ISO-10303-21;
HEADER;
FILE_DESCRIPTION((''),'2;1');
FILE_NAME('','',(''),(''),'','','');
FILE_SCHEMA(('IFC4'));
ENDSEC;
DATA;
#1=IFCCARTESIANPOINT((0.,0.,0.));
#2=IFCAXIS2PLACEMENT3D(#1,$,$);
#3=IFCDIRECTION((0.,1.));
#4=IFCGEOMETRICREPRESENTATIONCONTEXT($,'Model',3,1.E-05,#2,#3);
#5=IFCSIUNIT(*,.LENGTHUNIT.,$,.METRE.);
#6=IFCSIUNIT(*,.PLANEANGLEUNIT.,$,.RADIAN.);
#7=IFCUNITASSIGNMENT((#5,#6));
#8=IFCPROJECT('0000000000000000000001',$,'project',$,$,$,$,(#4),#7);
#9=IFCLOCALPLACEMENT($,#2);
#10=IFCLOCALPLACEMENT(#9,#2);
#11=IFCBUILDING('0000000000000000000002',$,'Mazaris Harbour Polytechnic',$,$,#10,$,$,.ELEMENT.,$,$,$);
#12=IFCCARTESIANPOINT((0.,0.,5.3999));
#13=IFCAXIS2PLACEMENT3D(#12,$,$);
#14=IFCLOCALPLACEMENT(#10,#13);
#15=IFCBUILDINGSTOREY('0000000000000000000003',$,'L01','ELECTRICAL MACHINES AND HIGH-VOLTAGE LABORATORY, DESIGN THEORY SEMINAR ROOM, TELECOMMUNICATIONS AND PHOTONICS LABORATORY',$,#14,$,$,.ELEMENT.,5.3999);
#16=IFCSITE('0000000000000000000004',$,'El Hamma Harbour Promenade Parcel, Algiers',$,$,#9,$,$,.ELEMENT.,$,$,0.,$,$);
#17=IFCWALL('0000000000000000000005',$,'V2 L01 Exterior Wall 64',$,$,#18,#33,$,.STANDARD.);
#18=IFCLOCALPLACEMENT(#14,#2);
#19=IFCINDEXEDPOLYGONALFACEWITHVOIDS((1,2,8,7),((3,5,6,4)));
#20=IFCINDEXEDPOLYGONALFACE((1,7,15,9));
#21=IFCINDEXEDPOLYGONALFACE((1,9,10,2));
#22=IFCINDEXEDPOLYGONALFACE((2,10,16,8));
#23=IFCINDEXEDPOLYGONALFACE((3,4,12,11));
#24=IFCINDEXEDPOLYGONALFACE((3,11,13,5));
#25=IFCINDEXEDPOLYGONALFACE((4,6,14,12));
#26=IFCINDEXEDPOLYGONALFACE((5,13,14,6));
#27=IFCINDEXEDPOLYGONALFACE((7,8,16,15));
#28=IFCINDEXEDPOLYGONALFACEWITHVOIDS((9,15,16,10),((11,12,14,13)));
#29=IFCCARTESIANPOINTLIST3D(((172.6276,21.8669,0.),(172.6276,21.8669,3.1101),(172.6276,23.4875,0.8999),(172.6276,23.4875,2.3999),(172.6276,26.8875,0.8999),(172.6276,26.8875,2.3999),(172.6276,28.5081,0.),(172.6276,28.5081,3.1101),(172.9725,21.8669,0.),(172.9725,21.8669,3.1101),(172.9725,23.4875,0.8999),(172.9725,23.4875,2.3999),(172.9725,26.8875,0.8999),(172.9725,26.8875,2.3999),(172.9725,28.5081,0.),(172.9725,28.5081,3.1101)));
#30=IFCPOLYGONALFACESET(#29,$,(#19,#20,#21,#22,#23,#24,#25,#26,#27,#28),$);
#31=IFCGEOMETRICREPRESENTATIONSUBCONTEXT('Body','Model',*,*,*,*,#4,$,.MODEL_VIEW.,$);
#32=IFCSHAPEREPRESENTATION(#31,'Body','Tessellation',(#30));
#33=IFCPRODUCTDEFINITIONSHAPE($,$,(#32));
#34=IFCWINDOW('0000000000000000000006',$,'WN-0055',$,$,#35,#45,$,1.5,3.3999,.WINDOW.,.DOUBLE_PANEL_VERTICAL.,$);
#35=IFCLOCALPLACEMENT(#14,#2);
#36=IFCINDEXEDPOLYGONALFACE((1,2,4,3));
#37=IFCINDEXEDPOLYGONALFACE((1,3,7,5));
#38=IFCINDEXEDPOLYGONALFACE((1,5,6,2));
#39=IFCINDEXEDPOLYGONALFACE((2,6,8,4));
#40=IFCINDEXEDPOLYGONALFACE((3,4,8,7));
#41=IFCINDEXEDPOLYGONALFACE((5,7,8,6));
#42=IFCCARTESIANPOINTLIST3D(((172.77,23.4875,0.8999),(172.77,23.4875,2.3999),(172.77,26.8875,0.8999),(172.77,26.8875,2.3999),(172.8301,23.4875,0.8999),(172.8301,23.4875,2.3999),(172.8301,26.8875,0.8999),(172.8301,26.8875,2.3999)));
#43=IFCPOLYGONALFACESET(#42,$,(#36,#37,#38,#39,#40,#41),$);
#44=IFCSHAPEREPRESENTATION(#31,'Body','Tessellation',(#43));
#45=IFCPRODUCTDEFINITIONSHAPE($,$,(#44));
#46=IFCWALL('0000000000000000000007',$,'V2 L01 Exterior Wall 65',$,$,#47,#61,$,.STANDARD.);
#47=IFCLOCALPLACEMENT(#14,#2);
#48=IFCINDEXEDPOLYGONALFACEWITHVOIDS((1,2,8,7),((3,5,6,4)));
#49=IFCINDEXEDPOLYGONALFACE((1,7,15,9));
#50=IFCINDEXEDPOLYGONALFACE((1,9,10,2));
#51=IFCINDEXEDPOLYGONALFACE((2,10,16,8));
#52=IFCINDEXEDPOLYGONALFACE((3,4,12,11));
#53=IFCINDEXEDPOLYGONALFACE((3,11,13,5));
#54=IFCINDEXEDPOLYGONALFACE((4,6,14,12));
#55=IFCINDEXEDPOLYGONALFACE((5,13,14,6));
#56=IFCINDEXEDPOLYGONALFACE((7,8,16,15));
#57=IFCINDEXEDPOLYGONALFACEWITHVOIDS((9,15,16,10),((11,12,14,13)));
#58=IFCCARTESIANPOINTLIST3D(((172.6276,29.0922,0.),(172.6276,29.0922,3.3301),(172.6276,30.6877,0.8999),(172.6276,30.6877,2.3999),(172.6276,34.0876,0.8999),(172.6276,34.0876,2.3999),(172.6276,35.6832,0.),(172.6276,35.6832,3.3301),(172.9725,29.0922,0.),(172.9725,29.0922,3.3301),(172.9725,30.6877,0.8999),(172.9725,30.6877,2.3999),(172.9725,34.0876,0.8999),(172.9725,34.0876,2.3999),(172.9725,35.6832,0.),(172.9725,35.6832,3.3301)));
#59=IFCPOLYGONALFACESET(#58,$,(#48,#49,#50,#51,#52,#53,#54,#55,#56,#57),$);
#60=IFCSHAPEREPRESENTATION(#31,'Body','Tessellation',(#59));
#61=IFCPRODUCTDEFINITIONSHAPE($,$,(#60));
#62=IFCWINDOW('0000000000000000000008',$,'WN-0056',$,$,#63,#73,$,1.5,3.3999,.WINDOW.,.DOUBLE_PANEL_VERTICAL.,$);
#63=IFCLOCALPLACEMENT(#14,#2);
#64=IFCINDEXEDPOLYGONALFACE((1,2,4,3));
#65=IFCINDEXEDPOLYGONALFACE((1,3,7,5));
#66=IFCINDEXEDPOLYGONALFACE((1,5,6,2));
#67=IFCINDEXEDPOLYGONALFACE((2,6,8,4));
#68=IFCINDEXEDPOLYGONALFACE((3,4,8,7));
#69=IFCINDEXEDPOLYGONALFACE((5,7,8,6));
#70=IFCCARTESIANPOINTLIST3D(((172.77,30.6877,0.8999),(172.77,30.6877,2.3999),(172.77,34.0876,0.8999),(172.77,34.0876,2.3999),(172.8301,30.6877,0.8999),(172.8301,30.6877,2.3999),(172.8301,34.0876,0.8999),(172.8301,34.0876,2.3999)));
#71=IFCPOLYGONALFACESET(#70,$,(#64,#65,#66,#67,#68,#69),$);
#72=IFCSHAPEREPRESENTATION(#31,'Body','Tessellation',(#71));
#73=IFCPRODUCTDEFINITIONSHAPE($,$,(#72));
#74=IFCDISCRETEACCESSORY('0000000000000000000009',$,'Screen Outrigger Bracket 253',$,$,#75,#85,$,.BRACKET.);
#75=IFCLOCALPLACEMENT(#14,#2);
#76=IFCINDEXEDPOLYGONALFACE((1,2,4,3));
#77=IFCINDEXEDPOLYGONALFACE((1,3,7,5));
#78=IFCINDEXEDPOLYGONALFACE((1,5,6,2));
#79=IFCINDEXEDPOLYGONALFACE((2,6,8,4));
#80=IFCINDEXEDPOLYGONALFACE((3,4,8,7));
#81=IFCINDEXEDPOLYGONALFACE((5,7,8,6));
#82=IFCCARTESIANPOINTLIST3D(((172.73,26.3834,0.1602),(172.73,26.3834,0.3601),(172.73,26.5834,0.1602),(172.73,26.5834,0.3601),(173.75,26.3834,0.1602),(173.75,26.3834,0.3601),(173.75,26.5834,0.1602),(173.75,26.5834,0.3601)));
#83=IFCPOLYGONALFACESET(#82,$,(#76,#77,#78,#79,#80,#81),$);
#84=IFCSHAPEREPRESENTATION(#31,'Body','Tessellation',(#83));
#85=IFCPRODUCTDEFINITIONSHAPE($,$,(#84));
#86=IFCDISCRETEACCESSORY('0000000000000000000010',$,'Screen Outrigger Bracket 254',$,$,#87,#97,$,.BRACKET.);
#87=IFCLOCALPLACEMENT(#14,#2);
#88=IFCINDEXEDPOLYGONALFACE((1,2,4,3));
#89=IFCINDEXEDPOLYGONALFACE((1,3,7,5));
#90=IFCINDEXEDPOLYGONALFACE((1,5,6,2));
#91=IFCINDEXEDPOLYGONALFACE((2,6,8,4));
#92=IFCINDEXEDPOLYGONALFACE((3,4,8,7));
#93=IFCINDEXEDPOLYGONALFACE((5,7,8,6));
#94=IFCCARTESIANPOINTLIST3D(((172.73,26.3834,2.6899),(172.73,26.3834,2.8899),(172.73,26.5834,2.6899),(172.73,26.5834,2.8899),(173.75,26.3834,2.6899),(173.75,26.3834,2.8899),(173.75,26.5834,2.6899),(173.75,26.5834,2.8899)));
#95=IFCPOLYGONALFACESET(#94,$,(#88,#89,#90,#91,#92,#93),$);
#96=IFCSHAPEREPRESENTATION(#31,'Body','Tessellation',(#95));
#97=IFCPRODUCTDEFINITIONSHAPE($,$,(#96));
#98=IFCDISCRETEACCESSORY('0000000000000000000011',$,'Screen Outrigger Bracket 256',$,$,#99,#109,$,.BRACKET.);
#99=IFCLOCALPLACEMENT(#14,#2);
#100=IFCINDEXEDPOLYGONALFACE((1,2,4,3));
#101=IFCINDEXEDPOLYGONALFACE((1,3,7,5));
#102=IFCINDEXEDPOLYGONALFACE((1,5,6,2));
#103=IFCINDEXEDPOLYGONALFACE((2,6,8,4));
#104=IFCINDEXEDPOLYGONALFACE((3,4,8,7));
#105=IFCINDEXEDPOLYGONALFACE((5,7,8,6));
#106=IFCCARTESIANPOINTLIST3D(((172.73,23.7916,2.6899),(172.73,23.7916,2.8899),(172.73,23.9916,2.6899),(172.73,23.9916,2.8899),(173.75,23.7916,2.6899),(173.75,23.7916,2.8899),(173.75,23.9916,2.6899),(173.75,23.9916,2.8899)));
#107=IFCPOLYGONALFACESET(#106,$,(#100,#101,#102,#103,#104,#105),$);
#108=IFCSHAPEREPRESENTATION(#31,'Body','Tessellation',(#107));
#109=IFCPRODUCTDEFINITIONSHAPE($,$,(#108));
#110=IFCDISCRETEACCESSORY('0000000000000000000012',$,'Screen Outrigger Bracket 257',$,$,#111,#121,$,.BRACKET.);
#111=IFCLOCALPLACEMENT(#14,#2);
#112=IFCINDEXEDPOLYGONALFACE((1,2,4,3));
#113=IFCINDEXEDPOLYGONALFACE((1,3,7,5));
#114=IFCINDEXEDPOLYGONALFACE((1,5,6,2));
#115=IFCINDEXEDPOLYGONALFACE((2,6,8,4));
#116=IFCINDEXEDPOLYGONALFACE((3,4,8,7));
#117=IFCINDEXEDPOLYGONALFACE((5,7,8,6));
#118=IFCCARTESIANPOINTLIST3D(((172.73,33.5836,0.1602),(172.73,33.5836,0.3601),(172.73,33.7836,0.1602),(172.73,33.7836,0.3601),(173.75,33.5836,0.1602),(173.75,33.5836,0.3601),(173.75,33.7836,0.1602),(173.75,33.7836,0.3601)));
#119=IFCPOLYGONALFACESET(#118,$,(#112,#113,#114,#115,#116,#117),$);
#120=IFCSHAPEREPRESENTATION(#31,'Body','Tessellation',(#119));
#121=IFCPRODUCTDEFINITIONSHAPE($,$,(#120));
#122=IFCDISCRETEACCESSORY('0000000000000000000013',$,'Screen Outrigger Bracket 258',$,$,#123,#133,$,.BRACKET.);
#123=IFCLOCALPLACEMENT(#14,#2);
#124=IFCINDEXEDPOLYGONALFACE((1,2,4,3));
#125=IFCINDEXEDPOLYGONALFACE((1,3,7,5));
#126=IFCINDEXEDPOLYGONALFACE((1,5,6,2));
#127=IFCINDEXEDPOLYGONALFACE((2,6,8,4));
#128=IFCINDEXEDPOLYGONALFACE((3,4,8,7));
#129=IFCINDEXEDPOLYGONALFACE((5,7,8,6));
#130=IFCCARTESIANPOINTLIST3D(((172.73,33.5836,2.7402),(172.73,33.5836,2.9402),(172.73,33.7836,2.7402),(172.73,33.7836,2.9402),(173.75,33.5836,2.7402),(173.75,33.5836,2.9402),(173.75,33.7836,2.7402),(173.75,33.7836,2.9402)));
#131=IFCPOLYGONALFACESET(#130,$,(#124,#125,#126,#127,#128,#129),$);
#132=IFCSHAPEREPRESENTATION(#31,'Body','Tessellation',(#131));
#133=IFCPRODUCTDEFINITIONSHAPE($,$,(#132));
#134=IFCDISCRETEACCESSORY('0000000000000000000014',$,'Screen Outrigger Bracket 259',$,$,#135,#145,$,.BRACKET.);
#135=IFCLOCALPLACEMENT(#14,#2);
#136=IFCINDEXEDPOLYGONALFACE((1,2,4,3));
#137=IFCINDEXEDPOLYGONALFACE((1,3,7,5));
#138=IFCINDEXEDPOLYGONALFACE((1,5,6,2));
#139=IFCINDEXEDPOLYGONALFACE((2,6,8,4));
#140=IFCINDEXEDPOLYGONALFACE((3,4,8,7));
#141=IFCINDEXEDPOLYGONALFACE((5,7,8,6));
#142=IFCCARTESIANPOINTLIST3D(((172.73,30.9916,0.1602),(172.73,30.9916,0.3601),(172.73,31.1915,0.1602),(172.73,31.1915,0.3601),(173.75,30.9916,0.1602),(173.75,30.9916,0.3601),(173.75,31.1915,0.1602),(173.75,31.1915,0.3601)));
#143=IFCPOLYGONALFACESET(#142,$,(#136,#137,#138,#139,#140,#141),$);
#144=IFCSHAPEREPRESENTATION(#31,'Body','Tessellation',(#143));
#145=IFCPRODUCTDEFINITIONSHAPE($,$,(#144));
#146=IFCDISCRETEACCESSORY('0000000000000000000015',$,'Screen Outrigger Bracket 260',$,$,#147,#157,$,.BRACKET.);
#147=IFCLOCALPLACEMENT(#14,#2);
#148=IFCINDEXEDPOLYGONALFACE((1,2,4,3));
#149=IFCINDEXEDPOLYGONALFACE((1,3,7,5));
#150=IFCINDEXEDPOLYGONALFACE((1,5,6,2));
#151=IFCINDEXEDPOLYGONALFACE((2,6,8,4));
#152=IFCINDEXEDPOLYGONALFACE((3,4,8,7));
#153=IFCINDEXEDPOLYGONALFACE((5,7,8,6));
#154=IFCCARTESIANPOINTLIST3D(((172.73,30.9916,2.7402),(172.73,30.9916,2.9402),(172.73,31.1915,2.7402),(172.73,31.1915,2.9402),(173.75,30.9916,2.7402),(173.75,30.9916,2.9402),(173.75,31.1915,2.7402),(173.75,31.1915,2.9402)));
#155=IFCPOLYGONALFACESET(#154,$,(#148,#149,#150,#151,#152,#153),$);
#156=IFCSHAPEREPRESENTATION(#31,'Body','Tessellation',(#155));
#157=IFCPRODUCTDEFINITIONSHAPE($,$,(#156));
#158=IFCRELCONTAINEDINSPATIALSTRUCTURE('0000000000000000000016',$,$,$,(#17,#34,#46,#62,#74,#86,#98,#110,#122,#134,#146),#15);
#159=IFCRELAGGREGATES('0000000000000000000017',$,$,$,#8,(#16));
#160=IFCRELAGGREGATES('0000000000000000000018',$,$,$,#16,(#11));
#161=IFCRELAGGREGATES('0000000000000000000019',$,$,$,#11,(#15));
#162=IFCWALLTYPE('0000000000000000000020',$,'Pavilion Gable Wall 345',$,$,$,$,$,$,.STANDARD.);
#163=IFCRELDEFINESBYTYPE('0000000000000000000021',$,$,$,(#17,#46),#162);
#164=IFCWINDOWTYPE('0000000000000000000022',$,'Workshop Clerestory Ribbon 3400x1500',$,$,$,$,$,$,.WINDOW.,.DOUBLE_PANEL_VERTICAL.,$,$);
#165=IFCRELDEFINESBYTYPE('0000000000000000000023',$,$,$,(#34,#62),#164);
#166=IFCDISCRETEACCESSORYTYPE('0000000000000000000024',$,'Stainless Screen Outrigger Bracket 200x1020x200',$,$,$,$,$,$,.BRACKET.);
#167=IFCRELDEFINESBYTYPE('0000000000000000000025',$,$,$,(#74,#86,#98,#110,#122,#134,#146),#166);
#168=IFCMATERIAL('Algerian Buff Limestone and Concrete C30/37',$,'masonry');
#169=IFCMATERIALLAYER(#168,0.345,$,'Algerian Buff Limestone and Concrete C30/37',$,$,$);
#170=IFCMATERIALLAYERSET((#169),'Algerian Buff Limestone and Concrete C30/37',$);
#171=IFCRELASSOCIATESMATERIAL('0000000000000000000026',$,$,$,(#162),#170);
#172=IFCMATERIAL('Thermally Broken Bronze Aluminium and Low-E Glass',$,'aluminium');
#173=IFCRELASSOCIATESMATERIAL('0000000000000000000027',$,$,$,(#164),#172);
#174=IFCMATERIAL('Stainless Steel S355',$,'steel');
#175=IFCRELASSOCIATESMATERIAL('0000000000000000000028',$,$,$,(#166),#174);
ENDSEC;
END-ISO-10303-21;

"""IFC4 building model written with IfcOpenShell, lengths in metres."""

from ifc_helpers import new_model, si_unit, direction, frame, frame_2d, origin, origin_2d, place, context, subcontext, project, spatial, rectangle, extrude, material, layer, layer_set, type_object, element, fill, save


model = new_model("IFC4")

# Units and contexts
model_context = context("Model", 3, precision=1e-05, world=origin(), true_north=direction((0.0, 1.0)))
body_context = subcontext(model_context, "Body", "Model", "MODEL_VIEW")
ifc_project = project(units=[si_unit("LENGTHUNIT", "METRE"), si_unit("PLANEANGLEUNIT", "RADIAN")], contexts=[model_context])

# Site, building, storey
site_placement = place(None, origin())
site = spatial("IfcSite", under=ifc_project, at=site_placement, Name="El Hamma Harbour Promenade Parcel, Algiers", CompositionType="ELEMENT", RefElevation=0.0)
building_placement = place(site_placement, origin())
building = spatial("IfcBuilding", under=site, at=building_placement, Name="Mazaris Harbour Polytechnic", CompositionType="ELEMENT")
storey_placement = place(building_placement, frame((0.0, 0.0, 5.3999)))
storey = spatial("IfcBuildingStorey", under=building, at=storey_placement, Name="L01", Description="ELECTRICAL MACHINES AND HIGH-VOLTAGE LABORATORY, DESIGN THEORY SEMINAR ROOM, TELECOMMUNICATIONS AND PHOTONICS LABORATORY", CompositionType="ELEMENT", Elevation=5.3999)

# Walls, openings, windows
ifc_material_1 = material(Name="Algerian Buff Limestone and Concrete C30/37", Category="masonry")
ifc_layer = layer(ifc_material_1, 0.345, Name="Algerian Buff Limestone and Concrete C30/37")
ifc_layer_set = layer_set([ifc_layer], Name="Algerian Buff Limestone and Concrete C30/37")
wall_type = type_object("IfcWallType", Name="Pavilion Gable Wall 345", PredefinedType="STANDARD", material=ifc_layer_set)
wall_1_placement = place(storey_placement, frame((172.8, 28.5081, 0.0), z_axis=(0.0, 0.0, 1.0), x_axis=(0.0, -1.0, 0.0)))
wall_1 = element("IfcWall", 1, at=wall_1_placement, inside=storey, type_object=wall_type, Name="V2 L01 Exterior Wall 64", PredefinedType="STANDARD", context=body_context, shape_type="SweptSolid", body=[
    extrude(rectangle(XDim=6.6411, YDim=0.345, at=frame_2d((3.3206, 0.0))), origin(), (0.0, 0.0, 1.0), 3.1101),
])
opening_1_placement = place(wall_1_placement, frame((1.6206, 0.0, 0.8999)))
opening_1 = element("IfcOpeningElement", 2, at=opening_1_placement, cuts=wall_1, PredefinedType="OPENING", context=body_context, shape_type="SweptSolid", body=[
    extrude(rectangle(XDim=3.3999, YDim=1.5, at=frame_2d((1.7, 0.75))), frame((0.0, 0.1824, 0.0), z_axis=(0.0, -1.0, 0.0), x_axis=(1.0, 0.0, 0.0)), (0.0, 0.0, 1.0), 0.365),
])
ifc_material_2 = material(Name="Thermally Broken Bronze Aluminium and Low-E Glass", Category="aluminium")
window_type = type_object("IfcWindowType", Name="Workshop Clerestory Ribbon 3400x1500", PartitioningType="DOUBLE_PANEL_VERTICAL", PredefinedType="WINDOW", material=ifc_material_2)
window_1_placement = place(opening_1_placement, origin())
window_1 = element("IfcWindow", 3, at=window_1_placement, inside=storey, type_object=window_type, Name="WN-0055", OverallHeight=1.5, OverallWidth=3.3999, PartitioningType="DOUBLE_PANEL_VERTICAL", PredefinedType="WINDOW", context=body_context, shape_type="SweptSolid", body=[
    extrude(rectangle(XDim=3.3999, YDim=1.5, at=frame_2d((1.7, 0.75))), frame((0.0, 0.03, 0.0), z_axis=(0.0, -1.0, 0.0), x_axis=(1.0, 0.0, 0.0)), (0.0, 0.0, 1.0), 0.0601),
])
fill(opening_1, window_1)
wall_2_placement = place(storey_placement, frame((172.8, 35.6831, 0.0), z_axis=(0.0, 0.0, 1.0), x_axis=(0.0, -1.0, 0.0)))
wall_2 = element("IfcWall", 4, at=wall_2_placement, inside=storey, type_object=wall_type, Name="V2 L01 Exterior Wall 65", PredefinedType="STANDARD", context=body_context, shape_type="SweptSolid", body=[
    extrude(rectangle(XDim=6.5911, YDim=0.345, at=frame_2d((3.2954, 0.0))), origin(), (0.0, 0.0, 1.0), 3.3301),
])
opening_2_placement = place(wall_2_placement, frame((1.5955, 0.0, 0.8999)))
opening_2 = element("IfcOpeningElement", 5, at=opening_2_placement, cuts=wall_2, PredefinedType="OPENING", context=body_context, shape_type="SweptSolid", body=[
    extrude(rectangle(XDim=3.3999, YDim=1.5, at=frame_2d((1.7, 0.75))), frame((0.0, 0.1824, 0.0), z_axis=(0.0, -1.0, 0.0), x_axis=(1.0, 0.0, 0.0)), (0.0, 0.0, 1.0), 0.365),
])
window_2_placement = place(opening_2_placement, origin())
window_2 = element("IfcWindow", 6, at=window_2_placement, inside=storey, type_object=window_type, Name="WN-0056", OverallHeight=1.5, OverallWidth=3.3999, PartitioningType="DOUBLE_PANEL_VERTICAL", PredefinedType="WINDOW", context=body_context, shape_type="SweptSolid", body=[
    extrude(rectangle(XDim=3.3999, YDim=1.5, at=frame_2d((1.7, 0.75))), frame((0.0, 0.03, 0.0), z_axis=(0.0, -1.0, 0.0), x_axis=(1.0, 0.0, 0.0)), (0.0, 0.0, 1.0), 0.0601),
])
fill(opening_2, window_2)

# Discrete accessories
ifc_material_3 = material(Name="Stainless Steel S355", Category="steel")
discrete_accessory_type = type_object("IfcDiscreteAccessoryType", Name="Stainless Screen Outrigger Bracket 200x1020x200", PredefinedType="BRACKET", material=ifc_material_3)
for number, where, z_axis, x_axis, name in (
    (7, (173.24, 26.4834, 0.1602), (0.0, 0.0, 1.0), (0.0, -1.0, 0.0), "Screen Outrigger Bracket 253"),
    (8, (173.24, 26.4834, 2.6899), (0.0, 0.0, 1.0), (0.0, -1.0, 0.0), "Screen Outrigger Bracket 254"),
    (9, (173.24, 23.8916, 2.6899), (0.0, 0.0, 1.0), (0.0, -1.0, 0.0), "Screen Outrigger Bracket 256"),
    (10, (173.24, 33.6836, 0.1602), (0.0, 0.0, 1.0), (0.0, -1.0, 0.0), "Screen Outrigger Bracket 257"),
    (11, (173.24, 33.6836, 2.7402), (0.0, 0.0, 1.0), (0.0, -1.0, 0.0), "Screen Outrigger Bracket 258"),
    (12, (173.24, 31.0916, 0.1602), (0.0, 0.0, 1.0), (0.0, -1.0, 0.0), "Screen Outrigger Bracket 259"),
    (13, (173.24, 31.0916, 2.7402), (0.0, 0.0, 1.0), (0.0, -1.0, 0.0), "Screen Outrigger Bracket 260"),
):
    element("IfcDiscreteAccessory", number, at=place(storey_placement, frame(where, z_axis=z_axis, x_axis=x_axis)), inside=storey, type_object=discrete_accessory_type, Name=name, PredefinedType="BRACKET", context=body_context, shape_type="SweptSolid", body=[
        extrude(rectangle(XDim=0.2, YDim=1.02, at=origin_2d()), origin(), (0.0, 0.0, 1.0), 0.2),
    ])

save(model, "model.ifc")
